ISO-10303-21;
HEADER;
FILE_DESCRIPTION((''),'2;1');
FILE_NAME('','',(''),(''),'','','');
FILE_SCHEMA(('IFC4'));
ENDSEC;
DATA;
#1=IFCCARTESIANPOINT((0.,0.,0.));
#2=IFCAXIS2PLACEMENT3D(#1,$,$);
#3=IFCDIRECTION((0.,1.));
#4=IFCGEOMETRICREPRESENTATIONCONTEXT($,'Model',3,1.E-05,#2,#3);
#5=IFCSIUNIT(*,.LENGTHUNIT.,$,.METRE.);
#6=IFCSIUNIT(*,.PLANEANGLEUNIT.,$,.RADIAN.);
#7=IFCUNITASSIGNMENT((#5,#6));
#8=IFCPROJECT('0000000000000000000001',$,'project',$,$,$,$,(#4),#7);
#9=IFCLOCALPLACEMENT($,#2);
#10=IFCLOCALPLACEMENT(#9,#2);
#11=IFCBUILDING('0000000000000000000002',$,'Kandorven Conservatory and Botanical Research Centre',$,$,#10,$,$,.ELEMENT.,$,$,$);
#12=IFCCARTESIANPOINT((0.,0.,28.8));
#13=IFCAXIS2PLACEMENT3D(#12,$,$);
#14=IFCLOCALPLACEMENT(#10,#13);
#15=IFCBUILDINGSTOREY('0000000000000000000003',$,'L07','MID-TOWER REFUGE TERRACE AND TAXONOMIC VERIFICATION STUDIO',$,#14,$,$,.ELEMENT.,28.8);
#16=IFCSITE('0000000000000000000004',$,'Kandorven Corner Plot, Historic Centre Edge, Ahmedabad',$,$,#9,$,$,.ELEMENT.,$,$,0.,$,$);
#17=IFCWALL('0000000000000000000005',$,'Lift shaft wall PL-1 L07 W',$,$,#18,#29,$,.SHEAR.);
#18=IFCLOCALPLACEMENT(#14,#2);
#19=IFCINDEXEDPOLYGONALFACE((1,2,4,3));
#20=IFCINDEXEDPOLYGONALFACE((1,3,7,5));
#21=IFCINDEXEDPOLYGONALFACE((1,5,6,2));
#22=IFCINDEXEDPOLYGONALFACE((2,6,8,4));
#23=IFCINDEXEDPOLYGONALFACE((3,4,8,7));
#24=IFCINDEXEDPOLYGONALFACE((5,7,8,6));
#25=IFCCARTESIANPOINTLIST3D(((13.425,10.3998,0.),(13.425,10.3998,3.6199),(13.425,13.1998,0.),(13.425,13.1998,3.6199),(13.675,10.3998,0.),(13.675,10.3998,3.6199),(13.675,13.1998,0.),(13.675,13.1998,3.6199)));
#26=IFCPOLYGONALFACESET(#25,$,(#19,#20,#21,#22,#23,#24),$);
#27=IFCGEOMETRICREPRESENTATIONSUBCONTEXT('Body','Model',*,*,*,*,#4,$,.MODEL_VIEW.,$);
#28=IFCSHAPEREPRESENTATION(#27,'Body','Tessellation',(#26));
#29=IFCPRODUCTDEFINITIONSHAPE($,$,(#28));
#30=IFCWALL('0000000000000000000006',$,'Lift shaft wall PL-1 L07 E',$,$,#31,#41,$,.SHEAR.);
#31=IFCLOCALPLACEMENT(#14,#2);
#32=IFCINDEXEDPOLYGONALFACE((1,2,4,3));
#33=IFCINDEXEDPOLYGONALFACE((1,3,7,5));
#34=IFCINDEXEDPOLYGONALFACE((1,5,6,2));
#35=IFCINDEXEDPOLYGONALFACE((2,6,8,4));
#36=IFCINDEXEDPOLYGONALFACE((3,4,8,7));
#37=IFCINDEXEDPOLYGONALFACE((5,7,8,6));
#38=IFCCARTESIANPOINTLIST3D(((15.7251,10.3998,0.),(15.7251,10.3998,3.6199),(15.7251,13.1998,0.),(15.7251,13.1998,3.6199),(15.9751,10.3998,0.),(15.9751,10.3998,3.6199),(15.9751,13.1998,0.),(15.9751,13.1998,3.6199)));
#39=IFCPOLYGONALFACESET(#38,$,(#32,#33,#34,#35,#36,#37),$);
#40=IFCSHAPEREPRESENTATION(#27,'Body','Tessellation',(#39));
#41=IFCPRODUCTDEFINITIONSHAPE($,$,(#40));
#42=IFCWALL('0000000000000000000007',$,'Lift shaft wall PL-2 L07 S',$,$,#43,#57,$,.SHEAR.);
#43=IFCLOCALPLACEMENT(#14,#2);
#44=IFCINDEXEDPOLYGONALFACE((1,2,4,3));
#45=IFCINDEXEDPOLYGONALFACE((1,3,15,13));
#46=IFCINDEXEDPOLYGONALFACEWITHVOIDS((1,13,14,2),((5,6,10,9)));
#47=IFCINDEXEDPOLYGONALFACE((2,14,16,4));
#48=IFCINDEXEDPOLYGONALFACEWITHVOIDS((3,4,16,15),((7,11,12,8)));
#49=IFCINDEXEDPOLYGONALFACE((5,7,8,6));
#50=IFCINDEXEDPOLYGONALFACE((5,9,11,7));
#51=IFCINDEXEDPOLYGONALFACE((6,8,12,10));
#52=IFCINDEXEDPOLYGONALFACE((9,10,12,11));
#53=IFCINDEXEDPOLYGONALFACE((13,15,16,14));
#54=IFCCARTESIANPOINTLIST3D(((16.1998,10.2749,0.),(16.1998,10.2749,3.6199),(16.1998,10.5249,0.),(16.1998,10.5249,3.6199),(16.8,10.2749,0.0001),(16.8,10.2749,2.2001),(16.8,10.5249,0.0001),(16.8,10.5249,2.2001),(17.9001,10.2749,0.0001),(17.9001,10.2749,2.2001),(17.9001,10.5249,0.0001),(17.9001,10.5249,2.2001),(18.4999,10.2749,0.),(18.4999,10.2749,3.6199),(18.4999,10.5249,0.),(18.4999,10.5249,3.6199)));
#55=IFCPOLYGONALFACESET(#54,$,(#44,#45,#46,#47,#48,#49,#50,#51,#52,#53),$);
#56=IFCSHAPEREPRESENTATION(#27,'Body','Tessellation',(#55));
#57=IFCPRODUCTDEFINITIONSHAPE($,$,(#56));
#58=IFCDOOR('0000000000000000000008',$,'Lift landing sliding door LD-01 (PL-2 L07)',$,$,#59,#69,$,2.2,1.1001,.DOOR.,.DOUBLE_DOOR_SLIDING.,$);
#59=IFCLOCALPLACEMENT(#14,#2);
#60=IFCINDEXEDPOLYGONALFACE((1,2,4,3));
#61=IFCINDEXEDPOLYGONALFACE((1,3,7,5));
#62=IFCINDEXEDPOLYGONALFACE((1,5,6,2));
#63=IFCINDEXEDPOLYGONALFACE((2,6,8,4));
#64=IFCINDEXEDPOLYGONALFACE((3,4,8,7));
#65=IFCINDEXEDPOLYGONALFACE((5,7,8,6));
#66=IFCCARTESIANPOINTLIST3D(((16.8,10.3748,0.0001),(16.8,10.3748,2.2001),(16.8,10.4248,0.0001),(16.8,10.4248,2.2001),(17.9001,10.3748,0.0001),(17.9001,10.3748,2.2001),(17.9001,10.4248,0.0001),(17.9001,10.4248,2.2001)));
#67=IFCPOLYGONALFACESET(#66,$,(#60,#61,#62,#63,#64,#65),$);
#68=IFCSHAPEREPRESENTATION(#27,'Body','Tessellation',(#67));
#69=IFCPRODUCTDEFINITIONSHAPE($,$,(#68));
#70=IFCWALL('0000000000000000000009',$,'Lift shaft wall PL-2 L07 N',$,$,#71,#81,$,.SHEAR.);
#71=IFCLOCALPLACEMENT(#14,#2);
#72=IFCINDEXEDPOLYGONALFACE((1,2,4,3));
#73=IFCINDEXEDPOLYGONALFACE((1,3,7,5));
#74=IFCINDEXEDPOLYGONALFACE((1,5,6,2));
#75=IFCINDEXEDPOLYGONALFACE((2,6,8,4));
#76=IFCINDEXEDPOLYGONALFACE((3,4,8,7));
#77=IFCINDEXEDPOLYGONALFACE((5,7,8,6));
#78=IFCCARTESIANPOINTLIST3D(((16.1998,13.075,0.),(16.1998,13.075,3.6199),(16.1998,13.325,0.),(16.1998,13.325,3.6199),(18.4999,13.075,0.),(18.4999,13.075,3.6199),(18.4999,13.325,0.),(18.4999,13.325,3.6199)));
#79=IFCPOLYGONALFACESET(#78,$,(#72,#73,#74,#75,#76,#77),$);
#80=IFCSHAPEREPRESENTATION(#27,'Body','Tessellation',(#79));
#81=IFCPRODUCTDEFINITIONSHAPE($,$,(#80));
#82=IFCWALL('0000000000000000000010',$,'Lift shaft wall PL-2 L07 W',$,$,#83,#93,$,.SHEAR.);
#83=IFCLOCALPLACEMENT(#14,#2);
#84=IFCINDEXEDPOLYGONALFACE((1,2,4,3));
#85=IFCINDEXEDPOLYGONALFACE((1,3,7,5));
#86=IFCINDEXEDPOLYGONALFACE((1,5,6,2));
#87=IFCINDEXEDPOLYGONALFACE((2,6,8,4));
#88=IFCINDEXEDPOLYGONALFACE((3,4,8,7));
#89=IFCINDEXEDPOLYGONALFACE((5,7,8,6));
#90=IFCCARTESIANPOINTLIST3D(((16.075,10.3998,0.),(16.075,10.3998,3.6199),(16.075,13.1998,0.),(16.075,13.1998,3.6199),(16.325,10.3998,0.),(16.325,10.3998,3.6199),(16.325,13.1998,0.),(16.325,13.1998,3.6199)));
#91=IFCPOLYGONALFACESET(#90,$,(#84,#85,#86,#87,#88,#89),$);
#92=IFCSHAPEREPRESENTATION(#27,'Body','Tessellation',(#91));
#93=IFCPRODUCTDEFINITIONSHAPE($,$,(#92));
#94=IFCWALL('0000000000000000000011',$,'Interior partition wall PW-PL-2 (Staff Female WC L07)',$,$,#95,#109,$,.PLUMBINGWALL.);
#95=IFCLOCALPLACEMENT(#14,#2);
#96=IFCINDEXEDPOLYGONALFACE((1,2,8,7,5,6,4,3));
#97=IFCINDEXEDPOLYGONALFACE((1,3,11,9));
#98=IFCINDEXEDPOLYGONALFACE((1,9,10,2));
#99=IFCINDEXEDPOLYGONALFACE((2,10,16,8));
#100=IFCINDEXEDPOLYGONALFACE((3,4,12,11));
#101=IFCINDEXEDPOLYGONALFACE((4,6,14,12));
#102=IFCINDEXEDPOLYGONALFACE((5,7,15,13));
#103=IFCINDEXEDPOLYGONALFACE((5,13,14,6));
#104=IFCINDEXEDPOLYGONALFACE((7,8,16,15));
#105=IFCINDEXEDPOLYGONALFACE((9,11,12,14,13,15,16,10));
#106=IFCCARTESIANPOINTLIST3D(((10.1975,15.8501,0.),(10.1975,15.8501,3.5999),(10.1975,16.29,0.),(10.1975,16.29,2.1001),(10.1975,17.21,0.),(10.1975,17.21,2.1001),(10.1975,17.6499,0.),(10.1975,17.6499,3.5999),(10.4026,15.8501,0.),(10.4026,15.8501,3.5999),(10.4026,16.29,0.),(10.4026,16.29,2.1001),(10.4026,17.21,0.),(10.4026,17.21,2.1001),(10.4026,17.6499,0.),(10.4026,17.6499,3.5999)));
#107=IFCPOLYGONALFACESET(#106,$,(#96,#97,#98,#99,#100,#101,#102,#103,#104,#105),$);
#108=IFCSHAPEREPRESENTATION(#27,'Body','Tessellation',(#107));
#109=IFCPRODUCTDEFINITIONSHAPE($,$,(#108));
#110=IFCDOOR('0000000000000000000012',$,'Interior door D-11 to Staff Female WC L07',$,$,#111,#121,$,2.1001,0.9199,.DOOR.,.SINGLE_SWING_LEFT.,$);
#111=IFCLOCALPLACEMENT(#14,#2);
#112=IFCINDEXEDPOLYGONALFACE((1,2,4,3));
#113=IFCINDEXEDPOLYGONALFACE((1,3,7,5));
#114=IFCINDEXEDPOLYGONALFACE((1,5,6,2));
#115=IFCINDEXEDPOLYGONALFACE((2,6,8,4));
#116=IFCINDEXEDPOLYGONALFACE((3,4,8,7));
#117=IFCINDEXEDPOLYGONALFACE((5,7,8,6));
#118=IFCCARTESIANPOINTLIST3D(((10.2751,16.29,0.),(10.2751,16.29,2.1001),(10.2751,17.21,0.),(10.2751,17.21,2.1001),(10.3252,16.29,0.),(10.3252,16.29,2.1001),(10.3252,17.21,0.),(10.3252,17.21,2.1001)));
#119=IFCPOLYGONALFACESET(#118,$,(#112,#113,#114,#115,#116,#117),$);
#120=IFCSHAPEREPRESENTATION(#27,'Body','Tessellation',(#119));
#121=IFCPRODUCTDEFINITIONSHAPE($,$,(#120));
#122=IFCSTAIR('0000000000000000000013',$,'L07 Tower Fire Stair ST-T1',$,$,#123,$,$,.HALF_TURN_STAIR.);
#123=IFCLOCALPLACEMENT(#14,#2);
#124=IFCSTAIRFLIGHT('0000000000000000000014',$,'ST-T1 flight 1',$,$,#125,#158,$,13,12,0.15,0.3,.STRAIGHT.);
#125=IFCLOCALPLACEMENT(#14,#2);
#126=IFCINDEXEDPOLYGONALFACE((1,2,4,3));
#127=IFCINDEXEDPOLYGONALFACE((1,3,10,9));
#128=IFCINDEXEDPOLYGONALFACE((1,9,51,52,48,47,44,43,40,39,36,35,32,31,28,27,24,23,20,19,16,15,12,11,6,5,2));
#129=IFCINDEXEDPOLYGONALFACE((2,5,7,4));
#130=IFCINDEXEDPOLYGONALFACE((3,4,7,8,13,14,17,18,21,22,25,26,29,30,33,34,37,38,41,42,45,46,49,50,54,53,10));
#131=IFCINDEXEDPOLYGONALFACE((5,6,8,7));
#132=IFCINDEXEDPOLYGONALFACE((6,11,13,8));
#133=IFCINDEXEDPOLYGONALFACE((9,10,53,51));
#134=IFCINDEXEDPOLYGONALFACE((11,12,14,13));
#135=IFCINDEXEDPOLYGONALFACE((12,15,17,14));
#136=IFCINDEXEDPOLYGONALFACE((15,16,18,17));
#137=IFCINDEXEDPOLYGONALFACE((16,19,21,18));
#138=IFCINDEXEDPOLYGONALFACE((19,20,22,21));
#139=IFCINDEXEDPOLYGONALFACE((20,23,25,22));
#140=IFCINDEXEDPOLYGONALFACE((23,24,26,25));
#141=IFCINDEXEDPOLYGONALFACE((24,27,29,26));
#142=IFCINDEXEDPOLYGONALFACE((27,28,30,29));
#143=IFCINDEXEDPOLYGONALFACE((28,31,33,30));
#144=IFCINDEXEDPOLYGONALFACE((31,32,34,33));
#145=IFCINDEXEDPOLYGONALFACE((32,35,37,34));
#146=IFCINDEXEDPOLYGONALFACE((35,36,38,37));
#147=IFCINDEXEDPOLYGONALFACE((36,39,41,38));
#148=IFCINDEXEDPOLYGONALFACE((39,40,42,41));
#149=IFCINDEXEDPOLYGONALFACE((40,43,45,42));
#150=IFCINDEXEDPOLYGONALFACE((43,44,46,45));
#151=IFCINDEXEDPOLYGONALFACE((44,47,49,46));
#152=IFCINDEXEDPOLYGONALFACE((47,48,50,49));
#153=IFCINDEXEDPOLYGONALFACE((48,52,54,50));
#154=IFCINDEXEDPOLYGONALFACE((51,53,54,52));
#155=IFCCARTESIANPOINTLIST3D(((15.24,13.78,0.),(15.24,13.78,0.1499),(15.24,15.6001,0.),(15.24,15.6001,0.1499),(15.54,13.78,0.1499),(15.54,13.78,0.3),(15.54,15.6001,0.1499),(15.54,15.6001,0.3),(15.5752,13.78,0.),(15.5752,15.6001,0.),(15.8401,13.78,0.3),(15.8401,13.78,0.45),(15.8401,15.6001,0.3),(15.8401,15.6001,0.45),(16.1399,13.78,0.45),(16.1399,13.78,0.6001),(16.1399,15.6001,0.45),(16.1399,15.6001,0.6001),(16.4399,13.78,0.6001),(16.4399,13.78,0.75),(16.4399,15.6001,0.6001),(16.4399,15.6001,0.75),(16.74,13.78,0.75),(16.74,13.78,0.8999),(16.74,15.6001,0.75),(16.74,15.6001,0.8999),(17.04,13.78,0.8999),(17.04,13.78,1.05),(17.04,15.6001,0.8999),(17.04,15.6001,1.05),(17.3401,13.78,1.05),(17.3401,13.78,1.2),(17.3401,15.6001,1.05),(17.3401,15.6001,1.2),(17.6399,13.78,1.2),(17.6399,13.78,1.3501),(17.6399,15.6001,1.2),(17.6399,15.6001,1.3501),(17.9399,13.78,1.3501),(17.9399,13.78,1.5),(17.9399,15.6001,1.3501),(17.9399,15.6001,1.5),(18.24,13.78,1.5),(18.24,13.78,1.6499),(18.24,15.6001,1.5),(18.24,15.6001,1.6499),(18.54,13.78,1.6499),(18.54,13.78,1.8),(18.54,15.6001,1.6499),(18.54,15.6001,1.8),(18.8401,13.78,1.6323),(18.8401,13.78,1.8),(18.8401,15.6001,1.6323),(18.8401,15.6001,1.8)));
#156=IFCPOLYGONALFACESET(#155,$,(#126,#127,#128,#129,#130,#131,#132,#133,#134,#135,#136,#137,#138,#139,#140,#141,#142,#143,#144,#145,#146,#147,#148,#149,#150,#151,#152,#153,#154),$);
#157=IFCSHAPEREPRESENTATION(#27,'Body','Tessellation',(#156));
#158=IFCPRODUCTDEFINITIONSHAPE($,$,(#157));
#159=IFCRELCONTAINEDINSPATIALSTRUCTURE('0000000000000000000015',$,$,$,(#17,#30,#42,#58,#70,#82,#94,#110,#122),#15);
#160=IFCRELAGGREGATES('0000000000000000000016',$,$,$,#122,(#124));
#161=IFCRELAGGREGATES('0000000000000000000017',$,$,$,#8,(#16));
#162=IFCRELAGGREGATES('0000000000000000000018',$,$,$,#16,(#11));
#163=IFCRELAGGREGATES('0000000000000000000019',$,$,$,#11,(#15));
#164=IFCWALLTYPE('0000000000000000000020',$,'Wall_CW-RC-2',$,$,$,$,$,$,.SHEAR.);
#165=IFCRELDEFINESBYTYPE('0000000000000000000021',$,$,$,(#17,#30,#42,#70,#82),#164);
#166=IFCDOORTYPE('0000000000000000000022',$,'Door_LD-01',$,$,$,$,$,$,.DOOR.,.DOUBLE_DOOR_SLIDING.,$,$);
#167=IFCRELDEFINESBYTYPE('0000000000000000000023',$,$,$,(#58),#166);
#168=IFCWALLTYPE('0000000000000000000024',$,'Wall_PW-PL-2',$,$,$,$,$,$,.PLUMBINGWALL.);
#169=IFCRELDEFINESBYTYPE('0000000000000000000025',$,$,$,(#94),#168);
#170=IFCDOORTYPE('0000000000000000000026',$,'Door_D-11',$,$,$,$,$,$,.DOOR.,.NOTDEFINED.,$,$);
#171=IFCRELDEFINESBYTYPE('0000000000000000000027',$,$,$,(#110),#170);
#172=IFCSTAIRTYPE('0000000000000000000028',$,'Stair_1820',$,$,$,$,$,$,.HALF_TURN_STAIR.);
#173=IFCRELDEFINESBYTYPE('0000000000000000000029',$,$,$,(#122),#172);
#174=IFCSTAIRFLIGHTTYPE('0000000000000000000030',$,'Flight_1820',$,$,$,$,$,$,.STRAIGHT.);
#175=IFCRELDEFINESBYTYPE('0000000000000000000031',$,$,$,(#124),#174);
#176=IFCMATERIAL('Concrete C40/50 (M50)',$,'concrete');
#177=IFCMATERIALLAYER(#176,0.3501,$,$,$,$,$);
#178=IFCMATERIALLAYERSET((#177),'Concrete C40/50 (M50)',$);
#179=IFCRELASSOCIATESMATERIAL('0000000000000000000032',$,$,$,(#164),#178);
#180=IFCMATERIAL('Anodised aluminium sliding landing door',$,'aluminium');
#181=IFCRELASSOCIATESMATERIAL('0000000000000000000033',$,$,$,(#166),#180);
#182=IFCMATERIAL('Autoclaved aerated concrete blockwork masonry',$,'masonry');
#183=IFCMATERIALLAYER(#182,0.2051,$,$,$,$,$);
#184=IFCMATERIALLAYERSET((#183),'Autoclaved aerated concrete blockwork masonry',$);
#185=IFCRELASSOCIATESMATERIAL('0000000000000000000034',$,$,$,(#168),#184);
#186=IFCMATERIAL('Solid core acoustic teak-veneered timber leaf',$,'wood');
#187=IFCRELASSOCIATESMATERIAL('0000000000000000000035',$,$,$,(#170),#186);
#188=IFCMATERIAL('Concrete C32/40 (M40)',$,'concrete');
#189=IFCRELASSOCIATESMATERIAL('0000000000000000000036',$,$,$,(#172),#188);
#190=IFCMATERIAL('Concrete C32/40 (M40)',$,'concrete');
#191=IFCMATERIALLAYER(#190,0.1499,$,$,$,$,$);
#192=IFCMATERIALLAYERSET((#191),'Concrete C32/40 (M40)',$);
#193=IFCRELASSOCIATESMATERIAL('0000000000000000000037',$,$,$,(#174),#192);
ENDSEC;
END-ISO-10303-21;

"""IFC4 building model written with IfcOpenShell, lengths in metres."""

from ifc_helpers import new_model, si_unit, direction, frame, frame_2d, origin, place, context, subcontext, project, spatial, polyline, rectangle, outline, extrude, material, layer, layer_set, type_object, element, fill, aggregate, save


model = new_model("IFC4")

# Units and contexts
model_context = context("Model", 3, precision=1e-05, world=origin(), true_north=direction((0.0, 1.0)))
body_context = subcontext(model_context, "Body", "Model", "MODEL_VIEW")
ifc_project = project(units=[si_unit("LENGTHUNIT", "METRE"), si_unit("PLANEANGLEUNIT", "RADIAN")], contexts=[model_context])

# Site, building, storey
site_placement = place(None, origin())
site = spatial("IfcSite", under=ifc_project, at=site_placement, Name="Kandorven Corner Plot, Historic Centre Edge, Ahmedabad", CompositionType="ELEMENT", RefElevation=0.0)
building_placement = place(site_placement, origin())
building = spatial("IfcBuilding", under=site, at=building_placement, Name="Kandorven Conservatory and Botanical Research Centre", CompositionType="ELEMENT")
storey_placement = place(building_placement, frame((0.0, 0.0, 28.8)))
storey = spatial("IfcBuildingStorey", under=building, at=storey_placement, Name="L07", Description="MID-TOWER REFUGE TERRACE AND TAXONOMIC VERIFICATION STUDIO", CompositionType="ELEMENT", Elevation=28.8)

# Shared definitions
ifc_material_1 = material(Name="Concrete C40/50 (M50)", Category="concrete")
ifc_layer_1 = layer(ifc_material_1, 0.3501)
ifc_layer_set_1 = layer_set([ifc_layer_1], Name="Concrete C40/50 (M50)")
wall_type_1 = type_object("IfcWallType", Name="Wall_CW-RC-2", PredefinedType="SHEAR", material=ifc_layer_set_1)
ifc_material_2 = material(Name="Anodised aluminium sliding landing door", Category="aluminium")
door_type_1 = type_object("IfcDoorType", Name="Door_LD-01", OperationType="DOUBLE_DOOR_SLIDING", PredefinedType="DOOR", material=ifc_material_2)

# Walls
for number, where, z_axis, x_axis, name in (
    (1, (13.55, 10.3999, 0.0), (0.0, 0.0, 1.0), (0.0, 1.0, 0.0), "Lift shaft wall PL-1 L07 W"),
    (2, (15.8501, 10.3999, 0.0), (0.0, 0.0, 1.0), (0.0, 1.0, 0.0), "Lift shaft wall PL-1 L07 E"),
):
    element("IfcWall", number, at=place(storey_placement, frame(where, z_axis=z_axis, x_axis=x_axis)), inside=storey, type_object=wall_type_1, Name=name, PredefinedType="SHEAR", context=body_context, shape_type="SweptSolid", body=[
        extrude(rectangle(XDim=2.8, YDim=0.25, at=frame_2d((1.3999, 0.0))), origin(), (0.0, 0.0, 1.0), 3.6199),
    ])

# Wall, opening, door
wall_1_placement = place(storey_placement, frame((16.2, 10.3999, 0.0), z_axis=(0.0, 0.0, 1.0), x_axis=(1.0, 0.0, 0.0)))
wall_1 = element("IfcWall", 3, at=wall_1_placement, inside=storey, type_object=wall_type_1, Name="Lift shaft wall PL-2 L07 S", PredefinedType="SHEAR", context=body_context, shape_type="SweptSolid", body=[
    extrude(rectangle(XDim=2.3, YDim=0.25, at=frame_2d((1.1499, 0.0))), origin(), (0.0, 0.0, 1.0), 3.6199),
])
opening_1_placement = place(wall_1_placement, frame((0.6001, 0.0, 0.0)))
opening_1 = element("IfcOpeningElement", 4, at=opening_1_placement, cuts=wall_1, PredefinedType="OPENING", context=body_context, shape_type="SweptSolid", body=[
    extrude(rectangle(XDim=1.1001, YDim=2.2, at=frame_2d((0.55, 1.1001))), frame((0.0, 0.135, 0.0), z_axis=(0.0, -1.0, 0.0), x_axis=(1.0, 0.0, 0.0)), (0.0, 0.0, 1.0), 0.27),
])
door_1_placement = place(opening_1_placement, origin())
door_1 = element("IfcDoor", 5, at=door_1_placement, inside=storey, type_object=door_type_1, Name="Lift landing sliding door LD-01 (PL-2 L07)", OperationType="DOUBLE_DOOR_SLIDING", OverallHeight=2.2, OverallWidth=1.1001, PredefinedType="DOOR", context=body_context, shape_type="SweptSolid", body=[
    extrude(rectangle(XDim=1.1001, YDim=2.2, at=frame_2d((0.55, 1.1001))), frame((0.0, 0.0249, 0.0), z_axis=(0.0, -1.0, 0.0), x_axis=(1.0, 0.0, 0.0)), (0.0, 0.0, 1.0), 0.05),
])
fill(opening_1, door_1)

# Walls
wall_2_placement = place(storey_placement, frame((16.2, 13.2, 0.0), z_axis=(0.0, 0.0, 1.0), x_axis=(1.0, 0.0, 0.0)))
element("IfcWall", 6, at=wall_2_placement, inside=storey, type_object=wall_type_1, Name="Lift shaft wall PL-2 L07 N", PredefinedType="SHEAR", context=body_context, shape_type="SweptSolid", body=[
    extrude(rectangle(XDim=2.3, YDim=0.25, at=frame_2d((1.1499, 0.0))), origin(), (0.0, 0.0, 1.0), 3.6199),
])
wall_3_placement = place(storey_placement, frame((16.2, 10.3999, 0.0), z_axis=(0.0, 0.0, 1.0), x_axis=(0.0, 1.0, 0.0)))
element("IfcWall", 7, at=wall_3_placement, inside=storey, type_object=wall_type_1, Name="Lift shaft wall PL-2 L07 W", PredefinedType="SHEAR", context=body_context, shape_type="SweptSolid", body=[
    extrude(rectangle(XDim=2.8, YDim=0.25, at=frame_2d((1.3999, 0.0))), origin(), (0.0, 0.0, 1.0), 3.6199),
])

# Wall, opening, door
ifc_material_3 = material(Name="Autoclaved aerated concrete blockwork masonry", Category="masonry")
ifc_layer_2 = layer(ifc_material_3, 0.2051)
ifc_layer_set_2 = layer_set([ifc_layer_2], Name="Autoclaved aerated concrete blockwork masonry")
wall_type_2 = type_object("IfcWallType", Name="Wall_PW-PL-2", PredefinedType="PLUMBINGWALL", material=ifc_layer_set_2)
wall_4_placement = place(storey_placement, frame((10.3, 15.8501, 0.0), z_axis=(0.0, 0.0, 1.0), x_axis=(0.0, 1.0, 0.0)))
wall_4 = element("IfcWall", 8, at=wall_4_placement, inside=storey, type_object=wall_type_2, Name="Interior partition wall PW-PL-2 (Staff Female WC L07)", PredefinedType="PLUMBINGWALL", context=body_context, shape_type="SweptSolid", body=[
    extrude(rectangle(XDim=1.7998, YDim=0.2051, at=frame_2d((0.8999, 0.0))), origin(), (0.0, 0.0, 1.0), 3.5999),
])
opening_2_placement = place(wall_4_placement, frame((0.4399, 0.0, 0.0)))
opening_2 = element("IfcOpeningElement", 9, at=opening_2_placement, cuts=wall_4, PredefinedType="OPENING", context=body_context, shape_type="SweptSolid", body=[
    extrude(rectangle(XDim=0.9199, YDim=2.1001, at=frame_2d((0.46, 1.05))), frame((0.0, 0.1125, 0.0), z_axis=(0.0, -1.0, 0.0), x_axis=(1.0, 0.0, 0.0)), (0.0, 0.0, 1.0), 0.2251),
])
ifc_material_4 = material(Name="Solid core acoustic teak-veneered timber leaf", Category="wood")
door_type_2 = type_object("IfcDoorType", Name="Door_D-11", OperationType="NOTDEFINED", PredefinedType="DOOR", material=ifc_material_4)
door_2_placement = place(opening_2_placement, origin())
door_2 = element("IfcDoor", 10, at=door_2_placement, inside=storey, type_object=door_type_2, Name="Interior door D-11 to Staff Female WC L07", OperationType="SINGLE_SWING_LEFT", OverallHeight=2.1001, OverallWidth=0.9199, PredefinedType="DOOR", context=body_context, shape_type="SweptSolid", body=[
    extrude(rectangle(XDim=0.9199, YDim=2.1001, at=frame_2d((0.46, 1.05))), frame((0.0, 0.0249, 0.0), z_axis=(0.0, -1.0, 0.0), x_axis=(1.0, 0.0, 0.0)), (0.0, 0.0, 1.0), 0.05),
])
fill(opening_2, door_2)

# Stair, stair flight
ifc_material_5 = material(Name="Concrete C32/40 (M40)", Category="concrete")
stair_type = type_object("IfcStairType", Name="Stair_1820", PredefinedType="HALF_TURN_STAIR", material=ifc_material_5)
stair_placement = place(storey_placement, origin())
stair = element("IfcStair", 11, at=stair_placement, inside=storey, type_object=stair_type, Name="L07 Tower Fire Stair ST-T1", PredefinedType="HALF_TURN_STAIR")
ifc_material_6 = material(Name="Concrete C32/40 (M40)", Category="concrete")
ifc_layer_3 = layer(ifc_material_6, 0.1499)
ifc_layer_set_3 = layer_set([ifc_layer_3], Name="Concrete C32/40 (M40)")
stair_flight_type = type_object("IfcStairFlightType", Name="Flight_1820", PredefinedType="STRAIGHT", material=ifc_layer_set_3)
stair_flight_placement = place(storey_placement, frame((15.24, 14.6899, 0.0), z_axis=(0.0, 0.0, 1.0), x_axis=(1.0, 0.0, 0.0)))
stair_flight = element("IfcStairFlight", 12, at=stair_flight_placement, type_object=stair_flight_type, Name="ST-T1 flight 1", NumberOfRisers=13, NumberOfTreads=12, PredefinedType="STRAIGHT", RiserHeight=0.15, TreadLength=0.3, context=body_context, shape_type="SweptSolid", body=[
    extrude(outline(polyline([(0.0, 0.0), (0.0, 0.1499), (0.3, 0.1499), (0.3, 0.3), (0.6001, 0.3), (0.6001, 0.45), (0.8999, 0.45), (0.8999, 0.6001), (1.2, 0.6001), (1.2, 0.75), (1.5, 0.75), (1.5, 0.8999), (1.8, 0.8999), (1.8, 1.05), (2.1001, 1.05), (2.1001, 1.2), (2.3999, 1.2), (2.3999, 1.3501), (2.7, 1.3501), (2.7, 1.5), (3.0, 1.5), (3.0, 1.6499), (3.3, 1.6499), (3.3, 1.8), (3.6001, 1.8), (3.6001, 1.95), (3.6001, 1.6323), (0.3352, 0.0), (0.0, 0.0)])), frame((0.0, 0.9102, 0.0), z_axis=(0.0, -1.0, 0.0), x_axis=(1.0, 0.0, 0.0)), (0.0, 0.0, 1.0), 1.8201),
])
aggregate(stair, [stair_flight])

save(model, "model.ifc")
